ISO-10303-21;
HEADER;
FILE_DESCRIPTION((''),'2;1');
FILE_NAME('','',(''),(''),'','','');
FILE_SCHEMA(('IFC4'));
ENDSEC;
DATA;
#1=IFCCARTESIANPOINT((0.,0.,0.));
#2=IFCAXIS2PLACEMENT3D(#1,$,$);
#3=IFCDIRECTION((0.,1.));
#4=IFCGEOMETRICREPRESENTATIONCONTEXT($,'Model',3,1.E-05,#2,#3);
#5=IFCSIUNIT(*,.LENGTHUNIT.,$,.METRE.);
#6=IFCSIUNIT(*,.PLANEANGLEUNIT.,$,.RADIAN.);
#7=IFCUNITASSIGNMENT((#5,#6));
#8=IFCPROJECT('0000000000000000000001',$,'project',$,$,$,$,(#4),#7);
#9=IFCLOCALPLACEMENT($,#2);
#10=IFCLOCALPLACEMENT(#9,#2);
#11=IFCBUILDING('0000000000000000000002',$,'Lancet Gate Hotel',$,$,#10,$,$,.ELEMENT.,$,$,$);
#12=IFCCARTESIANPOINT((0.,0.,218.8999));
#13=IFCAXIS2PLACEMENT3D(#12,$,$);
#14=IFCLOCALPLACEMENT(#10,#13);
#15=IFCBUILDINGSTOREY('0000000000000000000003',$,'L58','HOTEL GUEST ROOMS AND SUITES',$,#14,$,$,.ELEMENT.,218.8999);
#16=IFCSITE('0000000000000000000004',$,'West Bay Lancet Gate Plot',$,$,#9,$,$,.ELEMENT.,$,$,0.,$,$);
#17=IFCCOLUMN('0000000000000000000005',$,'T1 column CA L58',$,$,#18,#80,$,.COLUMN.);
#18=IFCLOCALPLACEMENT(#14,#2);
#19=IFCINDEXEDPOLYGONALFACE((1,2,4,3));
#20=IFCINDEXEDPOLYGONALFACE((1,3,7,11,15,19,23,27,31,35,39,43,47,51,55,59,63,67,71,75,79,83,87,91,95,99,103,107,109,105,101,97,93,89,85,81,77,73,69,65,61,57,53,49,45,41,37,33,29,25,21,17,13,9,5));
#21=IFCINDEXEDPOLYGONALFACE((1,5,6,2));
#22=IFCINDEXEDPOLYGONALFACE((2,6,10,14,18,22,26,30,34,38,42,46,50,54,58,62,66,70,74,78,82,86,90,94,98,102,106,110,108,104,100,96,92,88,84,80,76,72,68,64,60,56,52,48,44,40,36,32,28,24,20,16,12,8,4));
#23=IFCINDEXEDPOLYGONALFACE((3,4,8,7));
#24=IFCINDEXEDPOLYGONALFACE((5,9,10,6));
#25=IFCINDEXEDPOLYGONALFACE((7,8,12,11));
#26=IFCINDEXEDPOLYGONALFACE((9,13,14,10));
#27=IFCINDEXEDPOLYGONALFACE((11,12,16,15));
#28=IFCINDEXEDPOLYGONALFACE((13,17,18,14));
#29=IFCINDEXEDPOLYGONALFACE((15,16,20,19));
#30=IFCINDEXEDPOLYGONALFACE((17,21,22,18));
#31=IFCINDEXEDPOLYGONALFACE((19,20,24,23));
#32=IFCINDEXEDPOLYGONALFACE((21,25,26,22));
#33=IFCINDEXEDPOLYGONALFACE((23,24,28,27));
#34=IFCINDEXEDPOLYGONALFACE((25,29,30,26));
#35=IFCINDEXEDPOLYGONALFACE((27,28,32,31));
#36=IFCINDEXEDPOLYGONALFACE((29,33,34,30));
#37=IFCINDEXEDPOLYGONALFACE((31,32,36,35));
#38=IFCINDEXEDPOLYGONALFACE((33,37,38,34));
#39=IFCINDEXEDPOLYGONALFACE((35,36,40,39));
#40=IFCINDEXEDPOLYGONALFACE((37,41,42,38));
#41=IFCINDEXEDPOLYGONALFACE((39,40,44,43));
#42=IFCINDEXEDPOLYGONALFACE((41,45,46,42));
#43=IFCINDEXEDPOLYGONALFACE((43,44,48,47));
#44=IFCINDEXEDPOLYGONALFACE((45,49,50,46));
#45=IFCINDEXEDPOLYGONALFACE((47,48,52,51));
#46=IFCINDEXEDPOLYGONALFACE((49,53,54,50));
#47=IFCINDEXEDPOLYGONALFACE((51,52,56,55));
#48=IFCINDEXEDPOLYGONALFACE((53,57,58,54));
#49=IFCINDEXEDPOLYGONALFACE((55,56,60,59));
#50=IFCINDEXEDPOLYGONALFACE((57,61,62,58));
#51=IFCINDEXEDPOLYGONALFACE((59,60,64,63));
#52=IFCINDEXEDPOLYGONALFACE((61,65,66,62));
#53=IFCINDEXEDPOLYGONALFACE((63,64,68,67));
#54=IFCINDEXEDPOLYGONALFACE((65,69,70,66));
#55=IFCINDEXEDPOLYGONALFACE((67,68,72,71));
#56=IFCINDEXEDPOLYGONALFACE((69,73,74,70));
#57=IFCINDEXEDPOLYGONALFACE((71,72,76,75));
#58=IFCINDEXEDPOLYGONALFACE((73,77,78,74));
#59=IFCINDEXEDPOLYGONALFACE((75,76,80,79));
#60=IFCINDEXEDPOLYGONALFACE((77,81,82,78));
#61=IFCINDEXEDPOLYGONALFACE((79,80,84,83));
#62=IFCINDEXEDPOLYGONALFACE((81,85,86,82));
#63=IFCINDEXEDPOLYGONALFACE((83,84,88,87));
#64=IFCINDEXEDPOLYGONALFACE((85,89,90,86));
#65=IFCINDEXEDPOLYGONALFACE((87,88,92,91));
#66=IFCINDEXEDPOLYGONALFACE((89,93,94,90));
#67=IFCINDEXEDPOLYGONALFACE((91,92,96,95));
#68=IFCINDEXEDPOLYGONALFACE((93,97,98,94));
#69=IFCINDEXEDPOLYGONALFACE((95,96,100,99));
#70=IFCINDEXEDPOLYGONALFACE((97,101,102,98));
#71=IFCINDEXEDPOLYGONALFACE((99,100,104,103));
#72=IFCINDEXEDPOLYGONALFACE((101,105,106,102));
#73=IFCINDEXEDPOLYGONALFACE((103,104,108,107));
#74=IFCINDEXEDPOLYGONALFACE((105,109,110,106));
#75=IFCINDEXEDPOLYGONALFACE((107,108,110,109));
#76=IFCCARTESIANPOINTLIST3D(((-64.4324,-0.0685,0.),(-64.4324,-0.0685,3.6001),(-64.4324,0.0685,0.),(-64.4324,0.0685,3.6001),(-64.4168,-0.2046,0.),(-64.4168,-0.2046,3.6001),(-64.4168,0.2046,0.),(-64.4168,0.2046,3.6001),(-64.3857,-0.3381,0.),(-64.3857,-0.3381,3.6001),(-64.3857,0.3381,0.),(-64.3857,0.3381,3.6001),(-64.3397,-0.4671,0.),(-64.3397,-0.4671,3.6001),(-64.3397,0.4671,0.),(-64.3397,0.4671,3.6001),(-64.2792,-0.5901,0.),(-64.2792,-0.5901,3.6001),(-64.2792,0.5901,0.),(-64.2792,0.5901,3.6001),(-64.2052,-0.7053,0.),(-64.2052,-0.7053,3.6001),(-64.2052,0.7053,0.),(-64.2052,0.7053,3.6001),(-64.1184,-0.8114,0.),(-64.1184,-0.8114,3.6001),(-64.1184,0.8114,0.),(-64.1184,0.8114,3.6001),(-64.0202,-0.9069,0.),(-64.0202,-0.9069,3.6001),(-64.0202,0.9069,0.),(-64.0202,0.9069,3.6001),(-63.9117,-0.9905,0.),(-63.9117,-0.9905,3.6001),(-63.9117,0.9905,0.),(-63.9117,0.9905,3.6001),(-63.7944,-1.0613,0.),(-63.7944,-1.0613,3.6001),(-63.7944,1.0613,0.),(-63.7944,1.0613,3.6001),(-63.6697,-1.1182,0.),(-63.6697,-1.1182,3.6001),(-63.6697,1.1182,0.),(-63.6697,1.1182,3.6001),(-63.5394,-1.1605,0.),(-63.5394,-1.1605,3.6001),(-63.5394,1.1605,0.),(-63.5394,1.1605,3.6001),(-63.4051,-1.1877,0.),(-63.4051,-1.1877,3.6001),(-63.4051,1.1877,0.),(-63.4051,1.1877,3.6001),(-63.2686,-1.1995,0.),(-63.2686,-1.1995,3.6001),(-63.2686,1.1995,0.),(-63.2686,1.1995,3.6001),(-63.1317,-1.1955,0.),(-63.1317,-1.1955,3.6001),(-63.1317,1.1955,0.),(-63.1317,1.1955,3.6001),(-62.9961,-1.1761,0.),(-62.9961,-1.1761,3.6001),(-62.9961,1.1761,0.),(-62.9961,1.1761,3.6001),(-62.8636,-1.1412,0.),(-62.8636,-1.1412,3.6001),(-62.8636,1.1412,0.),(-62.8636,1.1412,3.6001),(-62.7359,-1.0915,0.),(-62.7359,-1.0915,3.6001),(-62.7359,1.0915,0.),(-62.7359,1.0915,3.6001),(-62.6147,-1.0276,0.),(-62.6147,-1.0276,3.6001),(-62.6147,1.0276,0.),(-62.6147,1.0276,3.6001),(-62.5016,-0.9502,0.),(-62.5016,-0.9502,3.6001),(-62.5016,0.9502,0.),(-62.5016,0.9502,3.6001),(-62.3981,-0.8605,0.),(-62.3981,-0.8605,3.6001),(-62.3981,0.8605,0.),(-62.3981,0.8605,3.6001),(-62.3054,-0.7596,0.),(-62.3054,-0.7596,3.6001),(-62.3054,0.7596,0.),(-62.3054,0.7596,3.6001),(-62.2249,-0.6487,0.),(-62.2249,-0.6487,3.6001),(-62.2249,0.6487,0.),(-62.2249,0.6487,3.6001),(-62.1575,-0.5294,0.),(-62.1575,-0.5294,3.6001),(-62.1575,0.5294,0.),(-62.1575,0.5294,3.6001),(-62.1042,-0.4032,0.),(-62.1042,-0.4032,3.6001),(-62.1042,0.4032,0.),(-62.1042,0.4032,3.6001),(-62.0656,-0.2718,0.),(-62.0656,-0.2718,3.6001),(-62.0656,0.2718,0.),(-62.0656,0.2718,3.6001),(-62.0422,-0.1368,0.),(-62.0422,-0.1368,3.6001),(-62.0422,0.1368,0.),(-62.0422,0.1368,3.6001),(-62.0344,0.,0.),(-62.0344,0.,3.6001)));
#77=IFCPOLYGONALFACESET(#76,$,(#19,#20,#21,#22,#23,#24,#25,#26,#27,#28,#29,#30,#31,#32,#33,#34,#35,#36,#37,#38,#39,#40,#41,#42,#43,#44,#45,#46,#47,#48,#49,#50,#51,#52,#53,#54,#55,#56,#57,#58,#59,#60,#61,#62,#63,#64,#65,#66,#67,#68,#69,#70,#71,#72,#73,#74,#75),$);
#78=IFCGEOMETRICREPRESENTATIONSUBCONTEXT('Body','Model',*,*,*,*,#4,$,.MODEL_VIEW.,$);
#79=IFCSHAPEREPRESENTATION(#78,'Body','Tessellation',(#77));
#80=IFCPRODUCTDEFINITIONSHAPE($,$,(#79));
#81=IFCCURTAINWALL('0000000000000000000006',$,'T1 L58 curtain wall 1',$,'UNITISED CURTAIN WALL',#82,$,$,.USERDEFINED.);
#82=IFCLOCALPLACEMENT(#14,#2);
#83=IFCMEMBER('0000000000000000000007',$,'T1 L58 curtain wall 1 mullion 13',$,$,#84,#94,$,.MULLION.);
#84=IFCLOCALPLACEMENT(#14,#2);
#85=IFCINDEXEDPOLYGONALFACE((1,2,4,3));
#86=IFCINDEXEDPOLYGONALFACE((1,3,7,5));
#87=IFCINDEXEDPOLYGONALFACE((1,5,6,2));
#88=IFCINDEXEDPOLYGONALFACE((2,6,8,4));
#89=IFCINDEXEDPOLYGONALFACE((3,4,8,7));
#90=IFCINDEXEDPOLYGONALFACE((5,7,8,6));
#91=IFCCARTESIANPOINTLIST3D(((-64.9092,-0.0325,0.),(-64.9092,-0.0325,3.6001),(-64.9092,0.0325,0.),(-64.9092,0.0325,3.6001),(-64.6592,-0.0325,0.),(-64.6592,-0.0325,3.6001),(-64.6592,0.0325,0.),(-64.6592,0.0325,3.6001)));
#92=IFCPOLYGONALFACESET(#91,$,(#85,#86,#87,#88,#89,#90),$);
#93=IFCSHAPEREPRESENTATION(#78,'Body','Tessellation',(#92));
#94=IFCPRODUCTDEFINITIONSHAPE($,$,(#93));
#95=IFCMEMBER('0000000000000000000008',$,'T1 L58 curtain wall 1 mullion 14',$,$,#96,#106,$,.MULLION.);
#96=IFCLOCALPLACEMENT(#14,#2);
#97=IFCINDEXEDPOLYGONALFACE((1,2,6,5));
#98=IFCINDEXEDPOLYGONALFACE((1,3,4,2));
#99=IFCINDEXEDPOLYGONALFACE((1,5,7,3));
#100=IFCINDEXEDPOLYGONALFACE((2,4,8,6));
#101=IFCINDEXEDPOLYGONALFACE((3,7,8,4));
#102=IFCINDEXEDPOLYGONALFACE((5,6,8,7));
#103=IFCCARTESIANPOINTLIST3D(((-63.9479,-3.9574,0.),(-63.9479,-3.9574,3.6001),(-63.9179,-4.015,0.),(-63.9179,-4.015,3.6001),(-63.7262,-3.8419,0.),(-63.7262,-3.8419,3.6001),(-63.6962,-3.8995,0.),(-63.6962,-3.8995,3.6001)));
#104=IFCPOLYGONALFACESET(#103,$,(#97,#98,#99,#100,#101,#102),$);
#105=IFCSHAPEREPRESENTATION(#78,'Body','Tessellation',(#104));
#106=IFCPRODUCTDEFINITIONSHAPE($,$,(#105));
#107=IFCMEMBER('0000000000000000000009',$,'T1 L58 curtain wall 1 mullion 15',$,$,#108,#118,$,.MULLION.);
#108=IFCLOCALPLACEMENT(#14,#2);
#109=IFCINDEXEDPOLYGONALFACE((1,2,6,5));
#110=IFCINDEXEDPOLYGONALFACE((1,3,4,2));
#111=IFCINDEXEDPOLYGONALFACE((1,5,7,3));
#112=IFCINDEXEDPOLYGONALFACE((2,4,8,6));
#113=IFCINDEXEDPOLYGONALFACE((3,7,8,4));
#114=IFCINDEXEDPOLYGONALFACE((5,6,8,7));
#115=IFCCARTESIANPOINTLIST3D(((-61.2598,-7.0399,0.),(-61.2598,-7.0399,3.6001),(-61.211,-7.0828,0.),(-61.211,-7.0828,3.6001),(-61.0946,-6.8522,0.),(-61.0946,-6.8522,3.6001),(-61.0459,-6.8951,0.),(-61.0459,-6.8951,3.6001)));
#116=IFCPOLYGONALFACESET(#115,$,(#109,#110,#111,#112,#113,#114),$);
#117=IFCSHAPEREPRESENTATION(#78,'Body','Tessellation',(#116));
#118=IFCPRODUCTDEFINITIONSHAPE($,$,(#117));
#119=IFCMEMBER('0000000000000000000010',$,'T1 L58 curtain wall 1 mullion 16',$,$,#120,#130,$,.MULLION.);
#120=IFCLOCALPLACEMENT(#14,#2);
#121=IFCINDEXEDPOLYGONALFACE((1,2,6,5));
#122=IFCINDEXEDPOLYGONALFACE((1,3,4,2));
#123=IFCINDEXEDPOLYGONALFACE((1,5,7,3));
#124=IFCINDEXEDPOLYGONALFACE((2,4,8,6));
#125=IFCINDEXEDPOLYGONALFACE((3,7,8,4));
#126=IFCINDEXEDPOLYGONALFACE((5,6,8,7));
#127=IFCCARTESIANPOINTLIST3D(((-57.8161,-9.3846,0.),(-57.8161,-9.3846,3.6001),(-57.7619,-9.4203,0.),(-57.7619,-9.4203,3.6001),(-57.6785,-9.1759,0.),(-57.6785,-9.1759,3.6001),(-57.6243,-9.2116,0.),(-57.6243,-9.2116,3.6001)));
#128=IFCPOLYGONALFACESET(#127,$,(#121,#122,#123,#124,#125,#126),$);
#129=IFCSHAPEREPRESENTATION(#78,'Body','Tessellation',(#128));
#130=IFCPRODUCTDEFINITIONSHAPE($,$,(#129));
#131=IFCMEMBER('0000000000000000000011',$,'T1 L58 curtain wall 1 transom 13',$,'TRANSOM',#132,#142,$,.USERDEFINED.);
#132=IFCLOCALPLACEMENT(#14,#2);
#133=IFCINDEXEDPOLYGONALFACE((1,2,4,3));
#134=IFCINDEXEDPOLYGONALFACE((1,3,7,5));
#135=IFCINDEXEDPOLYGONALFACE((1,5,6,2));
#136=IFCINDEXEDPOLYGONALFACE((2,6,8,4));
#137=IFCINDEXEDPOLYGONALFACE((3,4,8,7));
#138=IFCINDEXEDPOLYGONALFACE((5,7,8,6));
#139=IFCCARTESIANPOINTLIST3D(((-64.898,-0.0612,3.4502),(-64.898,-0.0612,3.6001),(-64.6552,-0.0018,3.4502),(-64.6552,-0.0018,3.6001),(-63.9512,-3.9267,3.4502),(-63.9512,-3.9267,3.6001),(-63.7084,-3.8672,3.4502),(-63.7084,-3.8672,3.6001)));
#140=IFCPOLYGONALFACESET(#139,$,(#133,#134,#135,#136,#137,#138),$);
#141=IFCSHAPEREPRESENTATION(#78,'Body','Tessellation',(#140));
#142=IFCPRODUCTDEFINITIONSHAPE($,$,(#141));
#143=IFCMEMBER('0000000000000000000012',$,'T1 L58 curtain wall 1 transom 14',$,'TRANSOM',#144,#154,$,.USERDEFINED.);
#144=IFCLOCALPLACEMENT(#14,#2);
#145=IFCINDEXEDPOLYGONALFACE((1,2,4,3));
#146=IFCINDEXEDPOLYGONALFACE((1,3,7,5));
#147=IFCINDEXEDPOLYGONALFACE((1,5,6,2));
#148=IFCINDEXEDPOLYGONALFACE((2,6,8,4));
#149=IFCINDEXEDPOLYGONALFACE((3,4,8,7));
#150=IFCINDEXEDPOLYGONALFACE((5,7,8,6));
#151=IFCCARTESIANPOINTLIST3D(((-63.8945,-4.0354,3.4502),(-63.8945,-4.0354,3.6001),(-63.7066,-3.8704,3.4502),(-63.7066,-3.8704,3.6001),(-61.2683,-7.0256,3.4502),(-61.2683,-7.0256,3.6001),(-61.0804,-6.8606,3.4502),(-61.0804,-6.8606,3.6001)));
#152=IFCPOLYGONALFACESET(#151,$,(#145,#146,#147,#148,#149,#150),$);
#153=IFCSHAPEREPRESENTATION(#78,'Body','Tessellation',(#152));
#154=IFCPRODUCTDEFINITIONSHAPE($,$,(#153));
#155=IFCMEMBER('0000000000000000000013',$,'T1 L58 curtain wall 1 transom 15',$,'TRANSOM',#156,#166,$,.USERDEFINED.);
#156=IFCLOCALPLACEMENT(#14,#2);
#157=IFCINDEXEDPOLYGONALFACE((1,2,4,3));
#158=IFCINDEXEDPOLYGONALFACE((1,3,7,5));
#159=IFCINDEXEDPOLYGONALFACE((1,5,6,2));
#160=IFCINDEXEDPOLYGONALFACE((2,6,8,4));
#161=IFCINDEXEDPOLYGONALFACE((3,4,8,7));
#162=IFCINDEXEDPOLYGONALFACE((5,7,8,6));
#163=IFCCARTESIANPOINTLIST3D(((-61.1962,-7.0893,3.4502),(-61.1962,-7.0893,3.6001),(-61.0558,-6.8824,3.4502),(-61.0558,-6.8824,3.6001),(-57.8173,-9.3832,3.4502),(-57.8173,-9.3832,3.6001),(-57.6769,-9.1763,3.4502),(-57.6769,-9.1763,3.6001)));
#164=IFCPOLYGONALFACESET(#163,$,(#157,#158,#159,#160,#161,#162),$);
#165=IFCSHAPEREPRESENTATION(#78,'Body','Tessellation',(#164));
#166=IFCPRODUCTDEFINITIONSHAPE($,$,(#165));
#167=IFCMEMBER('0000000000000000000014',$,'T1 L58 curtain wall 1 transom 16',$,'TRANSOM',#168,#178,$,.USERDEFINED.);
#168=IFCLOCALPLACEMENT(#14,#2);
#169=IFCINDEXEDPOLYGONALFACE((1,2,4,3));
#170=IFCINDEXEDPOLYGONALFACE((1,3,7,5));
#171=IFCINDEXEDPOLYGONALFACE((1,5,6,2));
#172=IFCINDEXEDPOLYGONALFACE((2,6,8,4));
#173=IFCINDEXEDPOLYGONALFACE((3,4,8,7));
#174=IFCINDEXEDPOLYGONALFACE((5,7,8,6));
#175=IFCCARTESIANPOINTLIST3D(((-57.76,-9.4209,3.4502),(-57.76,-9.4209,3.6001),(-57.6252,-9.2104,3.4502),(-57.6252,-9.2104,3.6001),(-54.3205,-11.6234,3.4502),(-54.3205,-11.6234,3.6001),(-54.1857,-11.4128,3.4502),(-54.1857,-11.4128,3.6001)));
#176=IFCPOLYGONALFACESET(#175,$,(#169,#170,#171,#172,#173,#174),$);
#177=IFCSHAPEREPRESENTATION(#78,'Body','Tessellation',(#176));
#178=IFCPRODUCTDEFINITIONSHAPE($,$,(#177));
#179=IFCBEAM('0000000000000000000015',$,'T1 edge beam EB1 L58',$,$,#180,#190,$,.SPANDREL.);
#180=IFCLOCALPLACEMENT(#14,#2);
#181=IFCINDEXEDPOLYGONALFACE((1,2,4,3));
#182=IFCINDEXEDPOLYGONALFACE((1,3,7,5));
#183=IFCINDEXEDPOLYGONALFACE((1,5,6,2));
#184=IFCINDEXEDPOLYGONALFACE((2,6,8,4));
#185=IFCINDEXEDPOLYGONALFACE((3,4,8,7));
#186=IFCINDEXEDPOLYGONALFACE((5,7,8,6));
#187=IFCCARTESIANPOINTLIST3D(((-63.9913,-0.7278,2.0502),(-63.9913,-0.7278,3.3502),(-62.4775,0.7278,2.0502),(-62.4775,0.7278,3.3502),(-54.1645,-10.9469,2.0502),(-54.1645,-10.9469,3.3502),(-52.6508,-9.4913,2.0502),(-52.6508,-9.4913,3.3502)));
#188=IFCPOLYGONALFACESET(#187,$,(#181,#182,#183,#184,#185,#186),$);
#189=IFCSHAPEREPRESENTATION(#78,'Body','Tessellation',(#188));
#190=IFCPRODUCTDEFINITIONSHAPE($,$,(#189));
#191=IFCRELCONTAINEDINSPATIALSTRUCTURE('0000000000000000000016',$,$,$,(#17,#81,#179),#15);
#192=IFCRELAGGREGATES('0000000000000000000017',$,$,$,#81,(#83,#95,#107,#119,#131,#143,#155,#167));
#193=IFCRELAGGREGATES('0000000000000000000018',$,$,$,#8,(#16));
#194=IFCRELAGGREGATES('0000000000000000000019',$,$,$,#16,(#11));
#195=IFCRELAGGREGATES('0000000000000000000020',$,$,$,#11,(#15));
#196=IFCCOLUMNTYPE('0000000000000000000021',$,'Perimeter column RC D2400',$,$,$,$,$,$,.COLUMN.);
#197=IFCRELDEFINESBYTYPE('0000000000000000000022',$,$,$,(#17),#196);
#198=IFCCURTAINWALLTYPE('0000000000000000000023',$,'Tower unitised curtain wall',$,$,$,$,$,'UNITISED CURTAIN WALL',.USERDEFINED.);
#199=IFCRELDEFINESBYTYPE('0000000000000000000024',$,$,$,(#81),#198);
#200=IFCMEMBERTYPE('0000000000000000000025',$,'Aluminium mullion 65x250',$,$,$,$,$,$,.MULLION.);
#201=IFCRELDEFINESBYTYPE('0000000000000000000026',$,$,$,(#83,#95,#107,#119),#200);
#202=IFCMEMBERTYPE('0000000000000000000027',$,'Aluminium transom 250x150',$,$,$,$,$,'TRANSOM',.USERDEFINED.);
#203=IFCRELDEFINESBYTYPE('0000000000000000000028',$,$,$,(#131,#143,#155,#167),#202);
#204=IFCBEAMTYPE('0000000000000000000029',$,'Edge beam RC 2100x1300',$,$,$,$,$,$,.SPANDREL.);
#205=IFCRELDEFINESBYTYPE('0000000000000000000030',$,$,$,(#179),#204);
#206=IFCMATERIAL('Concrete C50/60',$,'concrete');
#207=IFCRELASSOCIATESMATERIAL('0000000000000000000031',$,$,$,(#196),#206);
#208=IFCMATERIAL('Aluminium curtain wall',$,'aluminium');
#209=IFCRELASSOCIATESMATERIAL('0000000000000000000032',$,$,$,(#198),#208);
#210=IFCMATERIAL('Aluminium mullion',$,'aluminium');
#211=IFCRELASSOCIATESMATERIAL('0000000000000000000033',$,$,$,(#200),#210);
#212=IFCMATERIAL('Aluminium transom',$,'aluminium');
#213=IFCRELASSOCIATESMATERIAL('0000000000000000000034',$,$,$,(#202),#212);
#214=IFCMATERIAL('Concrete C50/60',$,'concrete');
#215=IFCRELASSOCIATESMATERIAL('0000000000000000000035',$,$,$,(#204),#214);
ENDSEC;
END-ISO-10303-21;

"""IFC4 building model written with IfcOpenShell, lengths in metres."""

from ifc_helpers import new_model, si_unit, direction, frame, origin, origin_2d, place, context, subcontext, project, spatial, rectangle, circle, extrude, material, material_profile, profile_set, type_object, element, aggregate, save


model = new_model("IFC4")

# Units and contexts
model_context = context("Model", 3, precision=1e-05, world=origin(), true_north=direction((0.0, 1.0)))
body_context = subcontext(model_context, "Body", "Model", "MODEL_VIEW")
ifc_project = project(units=[si_unit("LENGTHUNIT", "METRE"), si_unit("PLANEANGLEUNIT", "RADIAN")], contexts=[model_context])

# Site, building, storey
site_placement = place(None, origin())
site = spatial("IfcSite", under=ifc_project, at=site_placement, Name="West Bay Lancet Gate Plot", CompositionType="ELEMENT", RefElevation=0.0)
building_placement = place(site_placement, origin())
building = spatial("IfcBuilding", under=site, at=building_placement, Name="Lancet Gate Hotel", CompositionType="ELEMENT")
storey_placement = place(building_placement, frame((0.0, 0.0, 218.8999)))
storey = spatial("IfcBuildingStorey", under=building, at=storey_placement, Name="L58", Description="HOTEL GUEST ROOMS AND SUITES", CompositionType="ELEMENT", Elevation=218.8999)

# Column
ifc_material_1 = material(Name="Concrete C50/60", Category="concrete")
ifc_material_profile_1 = material_profile(ifc_material_1, circle(Radius=1.2, at=origin_2d()), Name="RC D2400")
ifc_profile_set_1 = profile_set([ifc_material_profile_1], Name="Concrete C50/60")
column_type = type_object("IfcColumnType", Name="Perimeter column RC D2400", PredefinedType="COLUMN", material=ifc_profile_set_1)
column_placement = place(storey_placement, frame((-63.2344, 0.0, 0.0), z_axis=(0.0, 0.0, 1.0), x_axis=(1.0, 0.0, 0.0)))
element("IfcColumn", 1, at=column_placement, inside=storey, type_object=column_type, Name="T1 column CA L58", PredefinedType="COLUMN", context=body_context, shape_type="SweptSolid", body=[
    extrude(circle(Radius=1.2, at=origin_2d()), origin(), (0.0, 0.0, 1.0), 3.6001),
])

# Curtain wall, members
ifc_material_2 = material(Name="Aluminium curtain wall", Category="aluminium")
curtain_wall_type = type_object("IfcCurtainWallType", Name="Tower unitised curtain wall", ElementType="UNITISED CURTAIN WALL", PredefinedType="USERDEFINED", material=ifc_material_2)
curtain_wall_placement = place(storey_placement, origin())
curtain_wall = element("IfcCurtainWall", 2, at=curtain_wall_placement, inside=storey, type_object=curtain_wall_type, Name="T1 L58 curtain wall 1", ObjectType="UNITISED CURTAIN WALL", PredefinedType="USERDEFINED")
ifc_material_3 = material(Name="Aluminium mullion", Category="aluminium")
ifc_material_profile_2 = material_profile(ifc_material_3, rectangle(XDim=0.0649, YDim=0.25, at=origin_2d()), Name="MULLION 65x250")
ifc_profile_set_2 = profile_set([ifc_material_profile_2], Name="Aluminium mullion")
member_type_1 = type_object("IfcMemberType", Name="Aluminium mullion 65x250", PredefinedType="MULLION", material=ifc_profile_set_2)
member_1_placement = place(storey_placement, frame((-64.7842, 0.0, 0.0), z_axis=(0.0, 0.0, 1.0), x_axis=(0.0, -1.0, 0.0)))
member_1 = element("IfcMember", 3, at=member_1_placement, type_object=member_type_1, Name="T1 L58 curtain wall 1 mullion 13", PredefinedType="MULLION", context=body_context, shape_type="SweptSolid", body=[
    extrude(rectangle(XDim=0.0649, YDim=0.25, at=origin_2d()), origin(), (0.0, 0.0, 1.0), 3.6001),
])
member_2_placement = place(storey_placement, frame((-63.822, -3.9285, 0.0), z_axis=(0.0, 0.0, 1.0), x_axis=(0.462178, -0.886787, 0.0)))
member_2 = element("IfcMember", 4, at=member_2_placement, type_object=member_type_1, Name="T1 L58 curtain wall 1 mullion 14", PredefinedType="MULLION", context=body_context, shape_type="SweptSolid", body=[
    extrude(rectangle(XDim=0.0649, YDim=0.25, at=origin_2d()), origin(), (0.0, 0.0, 1.0), 3.6001),
])
member_3_placement = place(storey_placement, frame((-61.1528, -6.9675, 0.0), z_axis=(0.0, 0.0, 1.0), x_axis=(0.750716, -0.660626, 0.0)))
member_3 = element("IfcMember", 5, at=member_3_placement, type_object=member_type_1, Name="T1 L58 curtain wall 1 mullion 15", PredefinedType="MULLION", context=body_context, shape_type="SweptSolid", body=[
    extrude(rectangle(XDim=0.0649, YDim=0.25, at=origin_2d()), origin(), (0.0, 0.0, 1.0), 3.6001),
])
member_4_placement = place(storey_placement, frame((-57.7202, -9.2981, 0.0), z_axis=(0.0, 0.0, 1.0), x_axis=(0.834827, -0.550512, 0.0)))
member_4 = element("IfcMember", 6, at=member_4_placement, type_object=member_type_1, Name="T1 L58 curtain wall 1 mullion 16", PredefinedType="MULLION", context=body_context, shape_type="SweptSolid", body=[
    extrude(rectangle(XDim=0.0649, YDim=0.25, at=origin_2d()), origin(), (0.0, 0.0, 1.0), 3.6001),
])
ifc_material_4 = material(Name="Aluminium transom", Category="aluminium")
ifc_material_profile_3 = material_profile(ifc_material_4, rectangle(XDim=0.25, YDim=0.1499, at=origin_2d()), Name="TRANSOM 250x150")
ifc_profile_set_3 = profile_set([ifc_material_profile_3], Name="Aluminium transom")
member_type_2 = type_object("IfcMemberType", Name="Aluminium transom 250x150", ElementType="TRANSOM", PredefinedType="USERDEFINED", material=ifc_profile_set_3)
member_5_placement = place(storey_placement, frame((-64.7766, -0.0315, 3.5251), z_axis=(0.237899, -0.97129, 0.0), x_axis=(0.97129, 0.237899, 0.0)))
member_5 = element("IfcMember", 7, at=member_5_placement, type_object=member_type_2, Name="T1 L58 curtain wall 1 transom 13", ObjectType="TRANSOM", PredefinedType="USERDEFINED", context=body_context, shape_type="SweptSolid", body=[
    extrude(rectangle(XDim=0.25, YDim=0.1499, at=origin_2d()), origin(), (0.0, 0.0, 1.0), 3.9797),
])
member_6_placement = place(storey_placement, frame((-63.8005, -3.9529, 3.5251), z_axis=(0.659893, -0.751359, 0.0), x_axis=(0.751359, 0.659893, 0.0)))
member_6 = element("IfcMember", 8, at=member_6_placement, type_object=member_type_2, Name="T1 L58 curtain wall 1 transom 14", ObjectType="TRANSOM", PredefinedType="USERDEFINED", context=body_context, shape_type="SweptSolid", body=[
    extrude(rectangle(XDim=0.25, YDim=0.1499, at=origin_2d()), origin(), (0.0, 0.0, 1.0), 3.9797),
])
member_7_placement = place(storey_placement, frame((-61.126, -6.9858, 3.5251), z_axis=(0.827349, -0.561689, 0.0), x_axis=(0.561689, 0.827349, 0.0)))
member_7 = element("IfcMember", 9, at=member_7_placement, type_object=member_type_2, Name="T1 L58 curtain wall 1 transom 15", ObjectType="TRANSOM", PredefinedType="USERDEFINED", context=body_context, shape_type="SweptSolid", body=[
    extrude(rectangle(XDim=0.25, YDim=0.1499, at=origin_2d()), origin(), (0.0, 0.0, 1.0), 4.084),
])
member_8_placement = place(storey_placement, frame((-57.6926, -9.3157, 3.5251), z_axis=(0.842144, -0.539252, 0.0), x_axis=(0.539252, 0.842144, 0.0)))
member_8 = element("IfcMember", 10, at=member_8_placement, type_object=member_type_2, Name="T1 L58 curtain wall 1 transom 16", ObjectType="TRANSOM", PredefinedType="USERDEFINED", context=body_context, shape_type="SweptSolid", body=[
    extrude(rectangle(XDim=0.25, YDim=0.1499, at=origin_2d()), origin(), (0.0, 0.0, 1.0), 4.0842),
])

# Beam
ifc_material_5 = material(Name="Concrete C50/60", Category="concrete")
ifc_material_profile_4 = material_profile(ifc_material_5, rectangle(XDim=2.1001, YDim=1.3, at=origin_2d()), Name="RC 2100x1300")
ifc_profile_set_4 = profile_set([ifc_material_profile_4], Name="Concrete C50/60")
beam_type_1 = type_object("IfcBeamType", Name="Edge beam RC 2100x1300", PredefinedType="SPANDREL", material=ifc_profile_set_4)
beam_1_placement = place(storey_placement, frame((-63.2344, 0.0, 2.7002), z_axis=(0.693135, -0.720808, 0.0), x_axis=(0.720808, 0.693135, 0.0)))
element("IfcBeam", 11, at=beam_1_placement, inside=storey, type_object=beam_type_1, Name="T1 edge beam EB1 L58", PredefinedType="SPANDREL", context=body_context, shape_type="SweptSolid", body=[
    extrude(rectangle(XDim=2.1001, YDim=1.3, at=origin_2d()), origin(), (0.0, 0.0, 1.0), 14.1772),
])

aggregate(curtain_wall, [member_1, member_2, member_3, member_4, member_5, member_6, member_7, member_8])

save(model, "model.ifc")
